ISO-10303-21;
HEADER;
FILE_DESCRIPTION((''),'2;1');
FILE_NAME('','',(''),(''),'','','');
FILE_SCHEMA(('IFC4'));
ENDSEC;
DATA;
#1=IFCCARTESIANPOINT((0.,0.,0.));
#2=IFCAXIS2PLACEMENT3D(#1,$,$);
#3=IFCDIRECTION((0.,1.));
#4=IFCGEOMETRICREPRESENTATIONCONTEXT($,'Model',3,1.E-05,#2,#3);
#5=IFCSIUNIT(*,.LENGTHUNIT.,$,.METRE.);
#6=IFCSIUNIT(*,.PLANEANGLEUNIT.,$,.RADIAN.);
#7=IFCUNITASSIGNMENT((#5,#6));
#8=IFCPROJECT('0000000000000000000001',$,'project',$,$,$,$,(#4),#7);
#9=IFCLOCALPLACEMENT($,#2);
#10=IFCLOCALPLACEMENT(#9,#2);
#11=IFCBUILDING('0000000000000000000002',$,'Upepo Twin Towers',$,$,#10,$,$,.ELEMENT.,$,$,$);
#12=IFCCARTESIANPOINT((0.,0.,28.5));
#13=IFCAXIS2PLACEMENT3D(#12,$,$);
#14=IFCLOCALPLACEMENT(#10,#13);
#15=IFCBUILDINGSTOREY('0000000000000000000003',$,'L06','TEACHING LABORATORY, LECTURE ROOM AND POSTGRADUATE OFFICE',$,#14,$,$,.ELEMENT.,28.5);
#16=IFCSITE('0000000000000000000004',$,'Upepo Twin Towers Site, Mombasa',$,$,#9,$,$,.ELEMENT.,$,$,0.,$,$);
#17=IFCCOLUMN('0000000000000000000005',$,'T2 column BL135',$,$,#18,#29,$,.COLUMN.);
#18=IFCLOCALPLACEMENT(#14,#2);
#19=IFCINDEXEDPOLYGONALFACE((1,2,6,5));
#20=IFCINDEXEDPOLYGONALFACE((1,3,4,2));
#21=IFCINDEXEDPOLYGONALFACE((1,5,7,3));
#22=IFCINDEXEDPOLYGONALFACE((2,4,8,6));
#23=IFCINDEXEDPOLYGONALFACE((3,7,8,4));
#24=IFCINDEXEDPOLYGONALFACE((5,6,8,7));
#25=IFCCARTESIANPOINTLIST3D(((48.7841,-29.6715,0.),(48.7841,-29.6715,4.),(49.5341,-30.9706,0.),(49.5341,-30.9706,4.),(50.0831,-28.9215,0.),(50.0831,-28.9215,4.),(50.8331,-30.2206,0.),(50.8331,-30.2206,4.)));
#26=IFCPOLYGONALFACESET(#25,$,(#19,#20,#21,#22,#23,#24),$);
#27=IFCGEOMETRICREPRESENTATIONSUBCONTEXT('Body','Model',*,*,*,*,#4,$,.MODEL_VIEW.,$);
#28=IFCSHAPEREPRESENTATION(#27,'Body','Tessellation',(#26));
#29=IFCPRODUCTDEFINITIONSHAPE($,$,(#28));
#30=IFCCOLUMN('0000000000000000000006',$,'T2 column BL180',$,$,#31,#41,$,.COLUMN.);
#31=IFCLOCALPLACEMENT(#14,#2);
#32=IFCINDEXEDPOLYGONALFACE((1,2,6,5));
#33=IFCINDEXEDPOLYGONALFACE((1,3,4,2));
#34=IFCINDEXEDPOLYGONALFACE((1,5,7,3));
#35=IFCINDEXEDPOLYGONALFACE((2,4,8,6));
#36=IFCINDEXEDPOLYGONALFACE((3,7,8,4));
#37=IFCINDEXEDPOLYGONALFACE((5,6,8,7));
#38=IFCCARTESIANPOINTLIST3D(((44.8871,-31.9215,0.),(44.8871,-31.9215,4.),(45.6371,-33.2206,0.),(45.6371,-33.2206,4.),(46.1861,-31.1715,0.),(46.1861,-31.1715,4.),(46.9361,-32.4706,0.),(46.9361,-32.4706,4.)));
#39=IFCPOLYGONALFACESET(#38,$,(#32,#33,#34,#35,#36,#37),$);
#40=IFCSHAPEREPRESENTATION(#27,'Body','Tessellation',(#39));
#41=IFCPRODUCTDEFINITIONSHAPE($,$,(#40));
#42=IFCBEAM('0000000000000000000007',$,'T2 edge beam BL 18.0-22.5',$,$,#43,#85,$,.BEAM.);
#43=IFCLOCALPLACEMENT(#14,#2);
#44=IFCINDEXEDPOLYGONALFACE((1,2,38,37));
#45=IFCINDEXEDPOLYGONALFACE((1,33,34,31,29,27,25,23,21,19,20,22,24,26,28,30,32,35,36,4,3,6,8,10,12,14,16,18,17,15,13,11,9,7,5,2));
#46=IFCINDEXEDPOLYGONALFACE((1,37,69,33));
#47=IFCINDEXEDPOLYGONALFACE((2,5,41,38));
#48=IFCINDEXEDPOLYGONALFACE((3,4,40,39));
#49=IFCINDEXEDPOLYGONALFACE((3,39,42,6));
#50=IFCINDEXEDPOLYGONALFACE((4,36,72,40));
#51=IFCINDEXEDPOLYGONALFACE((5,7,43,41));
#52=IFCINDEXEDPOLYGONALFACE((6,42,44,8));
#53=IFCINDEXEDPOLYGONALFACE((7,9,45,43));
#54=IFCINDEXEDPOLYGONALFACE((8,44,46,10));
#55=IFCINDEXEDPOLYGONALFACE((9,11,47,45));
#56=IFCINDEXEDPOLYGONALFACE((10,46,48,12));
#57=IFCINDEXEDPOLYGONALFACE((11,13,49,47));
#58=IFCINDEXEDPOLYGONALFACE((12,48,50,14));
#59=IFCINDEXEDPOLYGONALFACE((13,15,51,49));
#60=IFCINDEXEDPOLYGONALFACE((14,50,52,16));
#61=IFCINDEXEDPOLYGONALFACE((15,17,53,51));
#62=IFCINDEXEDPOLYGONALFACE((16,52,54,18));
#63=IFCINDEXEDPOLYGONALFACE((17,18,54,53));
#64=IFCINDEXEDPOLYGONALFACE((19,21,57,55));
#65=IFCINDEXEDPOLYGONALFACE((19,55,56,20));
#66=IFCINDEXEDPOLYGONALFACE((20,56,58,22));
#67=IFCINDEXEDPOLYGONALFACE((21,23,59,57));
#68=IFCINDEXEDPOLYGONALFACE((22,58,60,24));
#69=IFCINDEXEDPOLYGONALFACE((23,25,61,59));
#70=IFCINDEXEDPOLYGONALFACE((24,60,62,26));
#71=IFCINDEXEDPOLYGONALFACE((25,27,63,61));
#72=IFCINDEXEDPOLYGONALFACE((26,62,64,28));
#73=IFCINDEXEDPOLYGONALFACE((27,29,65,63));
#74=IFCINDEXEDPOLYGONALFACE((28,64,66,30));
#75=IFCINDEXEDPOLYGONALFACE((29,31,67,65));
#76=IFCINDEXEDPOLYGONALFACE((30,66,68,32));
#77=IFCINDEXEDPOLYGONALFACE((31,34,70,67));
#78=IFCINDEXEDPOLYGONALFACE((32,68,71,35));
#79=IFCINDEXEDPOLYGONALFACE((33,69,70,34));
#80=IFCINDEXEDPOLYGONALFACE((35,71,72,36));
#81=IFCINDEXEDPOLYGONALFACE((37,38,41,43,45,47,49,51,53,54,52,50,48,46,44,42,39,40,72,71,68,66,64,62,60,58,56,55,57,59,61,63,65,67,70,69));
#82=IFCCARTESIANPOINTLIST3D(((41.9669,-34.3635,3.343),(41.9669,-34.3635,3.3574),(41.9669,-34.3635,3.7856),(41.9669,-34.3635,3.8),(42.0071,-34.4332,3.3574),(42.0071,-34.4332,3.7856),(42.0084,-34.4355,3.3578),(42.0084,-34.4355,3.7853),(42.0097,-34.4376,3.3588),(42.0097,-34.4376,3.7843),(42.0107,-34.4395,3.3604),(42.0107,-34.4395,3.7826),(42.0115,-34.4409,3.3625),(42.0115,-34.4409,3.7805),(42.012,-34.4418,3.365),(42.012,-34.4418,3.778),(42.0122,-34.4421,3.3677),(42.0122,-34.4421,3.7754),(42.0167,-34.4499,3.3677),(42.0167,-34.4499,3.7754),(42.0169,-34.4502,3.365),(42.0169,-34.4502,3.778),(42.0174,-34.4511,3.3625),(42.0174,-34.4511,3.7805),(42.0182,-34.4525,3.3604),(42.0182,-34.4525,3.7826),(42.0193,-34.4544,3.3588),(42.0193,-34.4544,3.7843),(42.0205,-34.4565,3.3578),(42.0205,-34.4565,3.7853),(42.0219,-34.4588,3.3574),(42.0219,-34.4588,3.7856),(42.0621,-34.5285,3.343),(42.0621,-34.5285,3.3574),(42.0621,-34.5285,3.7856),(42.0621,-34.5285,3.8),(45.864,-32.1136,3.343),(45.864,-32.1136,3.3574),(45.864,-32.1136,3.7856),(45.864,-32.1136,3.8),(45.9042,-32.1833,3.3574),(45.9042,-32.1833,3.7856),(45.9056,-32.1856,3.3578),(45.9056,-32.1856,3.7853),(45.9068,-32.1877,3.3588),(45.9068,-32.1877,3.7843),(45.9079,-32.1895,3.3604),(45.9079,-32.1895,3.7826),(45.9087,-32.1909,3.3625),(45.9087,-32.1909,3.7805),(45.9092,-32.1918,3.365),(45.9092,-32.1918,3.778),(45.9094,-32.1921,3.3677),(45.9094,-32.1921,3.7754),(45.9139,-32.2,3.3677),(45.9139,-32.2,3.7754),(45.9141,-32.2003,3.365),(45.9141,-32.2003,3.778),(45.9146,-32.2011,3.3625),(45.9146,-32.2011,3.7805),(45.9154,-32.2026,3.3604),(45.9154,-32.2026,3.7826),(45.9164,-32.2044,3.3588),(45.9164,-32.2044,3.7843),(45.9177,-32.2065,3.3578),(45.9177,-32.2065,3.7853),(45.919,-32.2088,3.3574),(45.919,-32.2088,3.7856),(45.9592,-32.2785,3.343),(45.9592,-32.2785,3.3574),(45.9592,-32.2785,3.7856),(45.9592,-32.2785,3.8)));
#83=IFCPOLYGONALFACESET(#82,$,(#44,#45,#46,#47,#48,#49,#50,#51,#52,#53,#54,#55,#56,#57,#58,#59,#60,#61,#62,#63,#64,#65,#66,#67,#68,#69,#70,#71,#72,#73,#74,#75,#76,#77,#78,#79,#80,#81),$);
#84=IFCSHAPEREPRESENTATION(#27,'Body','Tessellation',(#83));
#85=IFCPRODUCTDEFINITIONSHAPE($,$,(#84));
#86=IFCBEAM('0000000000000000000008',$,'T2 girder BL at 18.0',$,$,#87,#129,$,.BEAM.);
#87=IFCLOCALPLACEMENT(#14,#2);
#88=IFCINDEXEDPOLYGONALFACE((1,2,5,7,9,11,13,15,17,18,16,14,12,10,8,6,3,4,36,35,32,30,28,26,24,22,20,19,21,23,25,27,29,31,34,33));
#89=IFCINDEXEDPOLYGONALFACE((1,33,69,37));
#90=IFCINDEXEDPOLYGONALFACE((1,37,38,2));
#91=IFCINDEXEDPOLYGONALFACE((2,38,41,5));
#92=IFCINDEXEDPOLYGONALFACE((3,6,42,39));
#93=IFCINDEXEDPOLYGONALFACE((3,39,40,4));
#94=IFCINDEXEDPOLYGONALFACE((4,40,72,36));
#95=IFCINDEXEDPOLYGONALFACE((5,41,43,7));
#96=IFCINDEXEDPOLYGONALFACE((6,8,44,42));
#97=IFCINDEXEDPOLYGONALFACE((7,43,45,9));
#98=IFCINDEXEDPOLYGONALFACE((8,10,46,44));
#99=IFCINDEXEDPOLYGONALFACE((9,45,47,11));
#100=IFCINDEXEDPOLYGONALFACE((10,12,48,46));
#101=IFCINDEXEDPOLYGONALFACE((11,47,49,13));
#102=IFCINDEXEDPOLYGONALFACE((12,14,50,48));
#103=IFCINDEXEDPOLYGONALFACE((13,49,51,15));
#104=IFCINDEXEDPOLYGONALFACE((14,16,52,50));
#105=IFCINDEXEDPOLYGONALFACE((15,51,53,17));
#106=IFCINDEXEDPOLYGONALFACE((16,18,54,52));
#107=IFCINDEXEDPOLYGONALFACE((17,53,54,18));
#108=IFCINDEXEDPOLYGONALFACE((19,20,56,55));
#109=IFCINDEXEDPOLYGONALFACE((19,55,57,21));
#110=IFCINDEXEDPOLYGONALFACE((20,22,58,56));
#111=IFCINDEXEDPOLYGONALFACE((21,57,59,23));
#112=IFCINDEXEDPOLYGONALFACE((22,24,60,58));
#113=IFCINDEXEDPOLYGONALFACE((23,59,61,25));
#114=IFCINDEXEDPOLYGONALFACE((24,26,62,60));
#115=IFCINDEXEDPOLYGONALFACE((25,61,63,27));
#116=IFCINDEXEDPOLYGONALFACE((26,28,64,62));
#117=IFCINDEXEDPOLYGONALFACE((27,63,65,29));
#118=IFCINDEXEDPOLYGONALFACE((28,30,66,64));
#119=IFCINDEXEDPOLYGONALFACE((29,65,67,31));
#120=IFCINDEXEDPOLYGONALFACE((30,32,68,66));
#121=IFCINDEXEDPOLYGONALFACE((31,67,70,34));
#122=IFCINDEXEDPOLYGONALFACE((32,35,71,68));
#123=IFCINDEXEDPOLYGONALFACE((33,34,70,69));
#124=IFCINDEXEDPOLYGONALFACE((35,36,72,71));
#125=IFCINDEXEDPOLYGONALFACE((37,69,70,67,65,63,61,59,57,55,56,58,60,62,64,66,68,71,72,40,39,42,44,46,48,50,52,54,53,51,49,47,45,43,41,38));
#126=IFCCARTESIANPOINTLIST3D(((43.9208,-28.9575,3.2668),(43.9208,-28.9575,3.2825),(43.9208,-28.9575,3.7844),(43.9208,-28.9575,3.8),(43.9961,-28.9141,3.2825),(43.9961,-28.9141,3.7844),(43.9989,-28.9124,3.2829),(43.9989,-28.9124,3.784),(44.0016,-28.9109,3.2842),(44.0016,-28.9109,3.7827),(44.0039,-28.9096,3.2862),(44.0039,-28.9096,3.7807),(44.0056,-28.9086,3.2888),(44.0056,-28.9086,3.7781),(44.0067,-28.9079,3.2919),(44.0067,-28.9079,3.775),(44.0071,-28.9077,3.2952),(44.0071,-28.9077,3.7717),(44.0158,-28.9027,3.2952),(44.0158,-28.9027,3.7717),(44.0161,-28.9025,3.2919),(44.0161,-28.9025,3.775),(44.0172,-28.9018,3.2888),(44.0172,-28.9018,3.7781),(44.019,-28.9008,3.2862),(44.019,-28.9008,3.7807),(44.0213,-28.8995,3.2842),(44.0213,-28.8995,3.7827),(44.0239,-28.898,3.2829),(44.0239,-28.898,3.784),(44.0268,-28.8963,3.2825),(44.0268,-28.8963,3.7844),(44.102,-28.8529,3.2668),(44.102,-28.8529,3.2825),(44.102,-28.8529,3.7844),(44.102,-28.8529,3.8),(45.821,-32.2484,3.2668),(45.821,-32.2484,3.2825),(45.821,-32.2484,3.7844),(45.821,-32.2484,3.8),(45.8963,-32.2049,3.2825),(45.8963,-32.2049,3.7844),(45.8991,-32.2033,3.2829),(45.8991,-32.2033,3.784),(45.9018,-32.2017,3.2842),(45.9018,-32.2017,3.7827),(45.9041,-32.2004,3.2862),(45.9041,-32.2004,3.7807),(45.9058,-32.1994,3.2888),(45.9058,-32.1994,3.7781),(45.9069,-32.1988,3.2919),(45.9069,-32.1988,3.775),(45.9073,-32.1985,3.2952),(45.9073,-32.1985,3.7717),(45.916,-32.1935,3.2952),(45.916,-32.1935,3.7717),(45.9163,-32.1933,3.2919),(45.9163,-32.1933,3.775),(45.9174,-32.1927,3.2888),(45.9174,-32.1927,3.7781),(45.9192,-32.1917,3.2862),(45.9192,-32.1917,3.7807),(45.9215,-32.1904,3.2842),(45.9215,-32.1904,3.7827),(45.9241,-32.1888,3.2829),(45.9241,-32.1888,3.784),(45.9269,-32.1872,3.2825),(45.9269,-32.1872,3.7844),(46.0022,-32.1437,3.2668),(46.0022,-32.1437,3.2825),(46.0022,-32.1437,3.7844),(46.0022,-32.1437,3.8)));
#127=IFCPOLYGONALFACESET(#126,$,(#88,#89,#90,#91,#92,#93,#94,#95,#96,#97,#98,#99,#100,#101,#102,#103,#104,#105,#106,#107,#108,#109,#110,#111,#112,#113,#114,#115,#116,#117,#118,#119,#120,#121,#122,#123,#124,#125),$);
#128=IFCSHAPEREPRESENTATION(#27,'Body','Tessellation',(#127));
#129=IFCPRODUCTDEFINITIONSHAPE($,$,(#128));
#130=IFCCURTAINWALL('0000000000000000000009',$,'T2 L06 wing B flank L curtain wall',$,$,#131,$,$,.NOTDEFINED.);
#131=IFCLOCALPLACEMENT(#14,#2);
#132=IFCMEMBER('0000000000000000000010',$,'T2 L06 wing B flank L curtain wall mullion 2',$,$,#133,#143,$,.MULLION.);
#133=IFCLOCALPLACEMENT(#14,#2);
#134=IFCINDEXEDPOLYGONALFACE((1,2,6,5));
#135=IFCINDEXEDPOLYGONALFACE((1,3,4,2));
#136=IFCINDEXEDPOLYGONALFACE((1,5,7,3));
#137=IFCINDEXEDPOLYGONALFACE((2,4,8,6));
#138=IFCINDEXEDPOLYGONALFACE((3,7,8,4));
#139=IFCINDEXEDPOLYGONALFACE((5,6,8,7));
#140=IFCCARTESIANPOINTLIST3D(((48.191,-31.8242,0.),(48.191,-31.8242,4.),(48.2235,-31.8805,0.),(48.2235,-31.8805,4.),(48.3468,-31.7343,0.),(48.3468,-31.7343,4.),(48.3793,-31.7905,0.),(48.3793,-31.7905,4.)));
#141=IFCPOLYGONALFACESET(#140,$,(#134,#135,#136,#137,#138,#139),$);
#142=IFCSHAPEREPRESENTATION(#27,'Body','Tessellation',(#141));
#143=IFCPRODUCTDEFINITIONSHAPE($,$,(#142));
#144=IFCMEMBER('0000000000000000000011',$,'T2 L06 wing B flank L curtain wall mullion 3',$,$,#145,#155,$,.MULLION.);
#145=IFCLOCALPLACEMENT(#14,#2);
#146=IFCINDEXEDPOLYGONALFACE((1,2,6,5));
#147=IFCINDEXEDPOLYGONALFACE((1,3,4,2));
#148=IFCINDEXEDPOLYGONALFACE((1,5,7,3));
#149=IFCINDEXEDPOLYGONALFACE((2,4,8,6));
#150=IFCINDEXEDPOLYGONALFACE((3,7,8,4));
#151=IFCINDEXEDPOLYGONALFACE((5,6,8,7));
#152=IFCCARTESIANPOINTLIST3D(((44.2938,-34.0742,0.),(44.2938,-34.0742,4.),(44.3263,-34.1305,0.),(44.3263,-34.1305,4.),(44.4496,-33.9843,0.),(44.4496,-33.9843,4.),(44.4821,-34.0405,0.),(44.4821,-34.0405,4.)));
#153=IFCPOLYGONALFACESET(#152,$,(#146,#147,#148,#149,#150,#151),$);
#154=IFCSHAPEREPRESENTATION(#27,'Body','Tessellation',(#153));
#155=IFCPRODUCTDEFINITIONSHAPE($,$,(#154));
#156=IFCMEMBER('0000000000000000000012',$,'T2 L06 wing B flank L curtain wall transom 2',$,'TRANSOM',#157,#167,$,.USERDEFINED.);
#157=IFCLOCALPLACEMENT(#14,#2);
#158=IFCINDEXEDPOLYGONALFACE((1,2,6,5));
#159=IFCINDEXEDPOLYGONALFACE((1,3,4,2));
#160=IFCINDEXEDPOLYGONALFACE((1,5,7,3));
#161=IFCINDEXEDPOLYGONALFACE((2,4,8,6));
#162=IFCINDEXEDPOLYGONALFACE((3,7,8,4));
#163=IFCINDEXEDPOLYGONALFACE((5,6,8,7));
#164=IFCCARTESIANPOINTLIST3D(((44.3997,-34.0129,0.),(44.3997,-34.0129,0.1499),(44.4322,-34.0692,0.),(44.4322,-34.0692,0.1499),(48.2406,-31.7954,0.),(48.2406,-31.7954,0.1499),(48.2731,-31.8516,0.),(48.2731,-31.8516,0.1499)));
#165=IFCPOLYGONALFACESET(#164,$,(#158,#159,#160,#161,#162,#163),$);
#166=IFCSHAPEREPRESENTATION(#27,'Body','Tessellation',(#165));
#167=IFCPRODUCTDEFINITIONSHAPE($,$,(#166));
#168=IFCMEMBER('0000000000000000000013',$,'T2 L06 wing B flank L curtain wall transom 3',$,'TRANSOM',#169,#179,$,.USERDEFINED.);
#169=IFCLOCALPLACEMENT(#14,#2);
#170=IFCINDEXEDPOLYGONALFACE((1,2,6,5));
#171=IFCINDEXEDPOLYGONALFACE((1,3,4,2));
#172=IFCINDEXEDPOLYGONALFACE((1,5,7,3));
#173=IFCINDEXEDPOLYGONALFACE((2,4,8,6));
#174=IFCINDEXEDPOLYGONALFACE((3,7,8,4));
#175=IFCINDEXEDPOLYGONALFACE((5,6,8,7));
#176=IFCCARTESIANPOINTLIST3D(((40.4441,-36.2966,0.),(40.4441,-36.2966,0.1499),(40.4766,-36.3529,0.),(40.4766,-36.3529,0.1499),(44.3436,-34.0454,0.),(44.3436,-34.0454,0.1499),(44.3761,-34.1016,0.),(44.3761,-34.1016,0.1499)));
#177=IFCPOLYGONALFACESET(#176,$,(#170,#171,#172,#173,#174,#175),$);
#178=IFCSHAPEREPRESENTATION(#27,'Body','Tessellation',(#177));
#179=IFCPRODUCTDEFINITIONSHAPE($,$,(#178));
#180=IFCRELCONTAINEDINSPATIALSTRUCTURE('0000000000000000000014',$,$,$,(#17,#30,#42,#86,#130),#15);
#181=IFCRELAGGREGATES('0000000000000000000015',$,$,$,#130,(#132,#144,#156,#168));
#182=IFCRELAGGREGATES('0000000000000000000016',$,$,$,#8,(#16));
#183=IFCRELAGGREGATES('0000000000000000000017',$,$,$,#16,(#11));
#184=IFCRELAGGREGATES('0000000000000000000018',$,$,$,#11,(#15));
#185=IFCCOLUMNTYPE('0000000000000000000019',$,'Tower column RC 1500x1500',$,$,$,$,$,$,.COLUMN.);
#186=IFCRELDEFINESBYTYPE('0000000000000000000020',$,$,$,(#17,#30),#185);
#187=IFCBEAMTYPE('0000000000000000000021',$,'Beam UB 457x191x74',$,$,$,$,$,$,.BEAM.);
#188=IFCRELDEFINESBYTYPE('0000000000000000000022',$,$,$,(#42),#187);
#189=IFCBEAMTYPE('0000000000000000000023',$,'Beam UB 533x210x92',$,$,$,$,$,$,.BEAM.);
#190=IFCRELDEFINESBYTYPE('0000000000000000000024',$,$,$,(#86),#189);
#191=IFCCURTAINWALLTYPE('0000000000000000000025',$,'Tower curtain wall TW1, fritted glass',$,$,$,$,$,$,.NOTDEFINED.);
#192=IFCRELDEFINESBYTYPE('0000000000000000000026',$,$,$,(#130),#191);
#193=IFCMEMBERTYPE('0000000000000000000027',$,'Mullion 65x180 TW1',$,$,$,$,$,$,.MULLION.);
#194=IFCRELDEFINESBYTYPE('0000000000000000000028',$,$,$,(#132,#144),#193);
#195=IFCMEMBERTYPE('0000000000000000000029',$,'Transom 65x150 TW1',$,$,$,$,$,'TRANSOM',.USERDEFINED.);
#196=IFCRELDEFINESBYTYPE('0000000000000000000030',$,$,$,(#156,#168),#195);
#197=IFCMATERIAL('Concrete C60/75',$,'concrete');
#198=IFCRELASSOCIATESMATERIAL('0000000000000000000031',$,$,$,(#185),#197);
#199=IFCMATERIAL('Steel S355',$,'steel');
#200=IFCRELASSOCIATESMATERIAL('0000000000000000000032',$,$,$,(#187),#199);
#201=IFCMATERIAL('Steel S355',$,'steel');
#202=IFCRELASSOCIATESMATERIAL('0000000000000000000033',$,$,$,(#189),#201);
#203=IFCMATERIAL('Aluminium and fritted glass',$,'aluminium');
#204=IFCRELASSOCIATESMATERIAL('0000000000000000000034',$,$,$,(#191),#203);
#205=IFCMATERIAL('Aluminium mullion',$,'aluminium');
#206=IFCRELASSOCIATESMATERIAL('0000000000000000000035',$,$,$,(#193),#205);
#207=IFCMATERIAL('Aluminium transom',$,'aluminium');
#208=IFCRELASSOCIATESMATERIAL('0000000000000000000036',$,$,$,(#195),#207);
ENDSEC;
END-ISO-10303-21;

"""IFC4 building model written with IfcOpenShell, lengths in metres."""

from ifc_helpers import new_model, si_unit, direction, frame, origin, origin_2d, place, context, subcontext, project, spatial, rectangle, i_section, extrude, material, material_profile, profile_set, type_object, element, aggregate, save


model = new_model("IFC4")

# Units and contexts
model_context = context("Model", 3, precision=1e-05, world=origin(), true_north=direction((0.0, 1.0)))
body_context = subcontext(model_context, "Body", "Model", "MODEL_VIEW")
ifc_project = project(units=[si_unit("LENGTHUNIT", "METRE"), si_unit("PLANEANGLEUNIT", "RADIAN")], contexts=[model_context])

# Site, building, storey
site_placement = place(None, origin())
site = spatial("IfcSite", under=ifc_project, at=site_placement, Name="Upepo Twin Towers Site, Mombasa", CompositionType="ELEMENT", RefElevation=0.0)
building_placement = place(site_placement, origin())
building = spatial("IfcBuilding", under=site, at=building_placement, Name="Upepo Twin Towers", CompositionType="ELEMENT")
storey_placement = place(building_placement, frame((0.0, 0.0, 28.5)))
storey = spatial("IfcBuildingStorey", under=building, at=storey_placement, Name="L06", Description="TEACHING LABORATORY, LECTURE ROOM AND POSTGRADUATE OFFICE", CompositionType="ELEMENT", Elevation=28.5)

# Columns
ifc_material_1 = material(Name="Concrete C60/75", Category="concrete")
ifc_material_profile_1 = material_profile(ifc_material_1, rectangle(XDim=1.5, YDim=1.5, at=origin_2d()), Name="RC 1500x1500")
ifc_profile_set_1 = profile_set([ifc_material_profile_1], Name="Concrete C60/75")
column_type = type_object("IfcColumnType", Name="Tower column RC 1500x1500", PredefinedType="COLUMN", material=ifc_profile_set_1)
for number, where, z_axis, x_axis, name in (
    (1, (49.8086, -29.946, 0.0), (0.0, 0.0, 1.0), (0.866025, 0.5, 0.0), "T2 column BL135"),
    (2, (45.9116, -32.196, 0.0), (0.0, 0.0, 1.0), (0.866025, 0.5, 0.0), "T2 column BL180"),
):
    element("IfcColumn", number, at=place(storey_placement, frame(where, z_axis=z_axis, x_axis=x_axis)), inside=storey, type_object=column_type, Name=name, PredefinedType="COLUMN", context=body_context, shape_type="SweptSolid", body=[
        extrude(rectangle(XDim=1.5, YDim=1.5, at=origin_2d()), origin(), (0.0, 0.0, 1.0), 4.0),
    ])

# Beams
ifc_material_2 = material(Name="Steel S355", Category="steel")
ifc_material_profile_2 = material_profile(ifc_material_2, i_section(OverallWidth=0.1904, OverallDepth=0.457, WebThickness=0.009, FlangeThickness=0.0144, FilletRadius=0.0103, at=origin_2d()), Name="UB 457x191x74")
ifc_profile_set_2 = profile_set([ifc_material_profile_2], Name="Steel S355")
beam_type_1 = type_object("IfcBeamType", Name="Beam UB 457x191x74", PredefinedType="BEAM", material=ifc_profile_set_2)
beam_1_placement = place(storey_placement, frame((45.9116, -32.196, 3.5715), z_axis=(-0.866031, -0.49999, 0.0), x_axis=(0.49999, -0.866031, 0.0)))
element("IfcBeam", 3, at=beam_1_placement, inside=storey, type_object=beam_type_1, Name="T2 edge beam BL 18.0-22.5", PredefinedType="BEAM", context=body_context, shape_type="SweptSolid", body=[
    extrude(i_section(OverallWidth=0.1904, OverallDepth=0.457, WebThickness=0.009, FlangeThickness=0.0144, FilletRadius=0.0103, at=origin_2d()), origin(), (0.0, 0.0, 1.0), 4.5),
])
ifc_material_3 = material(Name="Steel S355", Category="steel")
ifc_material_profile_3 = material_profile(ifc_material_3, i_section(OverallWidth=0.2092, OverallDepth=0.5332, WebThickness=0.01, FlangeThickness=0.0156, FilletRadius=0.0127, at=origin_2d()), Name="UB 533x210x92")
ifc_profile_set_3 = profile_set([ifc_material_profile_3], Name="Steel S355")
beam_type_2 = type_object("IfcBeamType", Name="Beam UB 533x210x92", PredefinedType="BEAM", material=ifc_profile_set_3)
beam_2_placement = place(storey_placement, frame((45.9116, -32.196, 3.5334), z_axis=(-0.500043, 0.866, 0.0), x_axis=(-0.866, -0.500043, 0.0)))
element("IfcBeam", 4, at=beam_2_placement, inside=storey, type_object=beam_type_2, Name="T2 girder BL at 18.0", PredefinedType="BEAM", context=body_context, shape_type="SweptSolid", body=[
    extrude(i_section(OverallWidth=0.2092, OverallDepth=0.5332, WebThickness=0.01, FlangeThickness=0.0156, FilletRadius=0.0127, at=origin_2d()), origin(), (0.0, 0.0, 1.0), 3.8),
])

# Curtain wall, members
ifc_material_4 = material(Name="Aluminium and fritted glass", Category="aluminium")
curtain_wall_type = type_object("IfcCurtainWallType", Name="Tower curtain wall TW1, fritted glass", PredefinedType="NOTDEFINED", material=ifc_material_4)
curtain_wall_placement = place(storey_placement, origin())
curtain_wall = element("IfcCurtainWall", 5, at=curtain_wall_placement, inside=storey, type_object=curtain_wall_type, Name="T2 L06 wing B flank L curtain wall", PredefinedType="NOTDEFINED")
ifc_material_5 = material(Name="Aluminium mullion", Category="aluminium")
ifc_material_profile_4 = material_profile(ifc_material_5, rectangle(XDim=0.0649, YDim=0.1799, at=origin_2d()), Name="MULLION 65x180")
ifc_profile_set_4 = profile_set([ifc_material_profile_4], Name="Aluminium mullion")
member_type_1 = type_object("IfcMemberType", Name="Mullion 65x180 TW1", PredefinedType="MULLION", material=ifc_profile_set_4)
member_1_placement = place(storey_placement, frame((48.2852, -31.8074, 0.0), z_axis=(0.0, 0.0, 1.0), x_axis=(0.5, -0.866025, 0.0)))
member_1 = element("IfcMember", 6, at=member_1_placement, type_object=member_type_1, Name="T2 L06 wing B flank L curtain wall mullion 2", PredefinedType="MULLION", context=body_context, shape_type="SweptSolid", body=[
    extrude(rectangle(XDim=0.0649, YDim=0.1799, at=origin_2d()), origin(), (0.0, 0.0, 1.0), 4.0),
])
member_2_placement = place(storey_placement, frame((44.3879, -34.0574, 0.0), z_axis=(0.0, 0.0, 1.0), x_axis=(0.5, -0.866025, 0.0)))
member_2 = element("IfcMember", 7, at=member_2_placement, type_object=member_type_1, Name="T2 L06 wing B flank L curtain wall mullion 3", PredefinedType="MULLION", context=body_context, shape_type="SweptSolid", body=[
    extrude(rectangle(XDim=0.0649, YDim=0.1799, at=origin_2d()), origin(), (0.0, 0.0, 1.0), 4.0),
])
ifc_material_6 = material(Name="Aluminium transom", Category="aluminium")
ifc_material_profile_5 = material_profile(ifc_material_6, rectangle(XDim=0.0649, YDim=0.1499, at=origin_2d()), Name="TRANSOM 65x150")
ifc_profile_set_5 = profile_set([ifc_material_profile_5], Name="Aluminium transom")
member_type_2 = type_object("IfcMemberType", Name="Transom 65x150 TW1", ElementType="TRANSOM", PredefinedType="USERDEFINED", material=ifc_profile_set_5)
member_3_placement = place(storey_placement, frame((48.2568, -31.8235, 0.075), z_axis=(-0.866022, -0.500005, 0.0), x_axis=(0.500005, -0.866022, 0.0)))
member_3 = element("IfcMember", 8, at=member_3_placement, type_object=member_type_2, Name="T2 L06 wing B flank L curtain wall transom 2", ObjectType="TRANSOM", PredefinedType="USERDEFINED", context=body_context, shape_type="SweptSolid", body=[
    extrude(rectangle(XDim=0.0649, YDim=0.1499, at=origin_2d()), origin(), (0.0, 0.0, 1.0), 4.4351),
])
member_4_placement = place(storey_placement, frame((44.3599, -34.0735, 0.075), z_axis=(-0.866036, -0.499982, 0.0), x_axis=(0.499982, -0.866036, 0.0)))
member_4 = element("IfcMember", 9, at=member_4_placement, type_object=member_type_2, Name="T2 L06 wing B flank L curtain wall transom 3", ObjectType="TRANSOM", PredefinedType="USERDEFINED", context=body_context, shape_type="SweptSolid", body=[
    extrude(rectangle(XDim=0.0649, YDim=0.1499, at=origin_2d()), origin(), (0.0, 0.0, 1.0), 4.5027),
])
aggregate(curtain_wall, [member_1, member_2, member_3, member_4])

save(model, "model.ifc")
